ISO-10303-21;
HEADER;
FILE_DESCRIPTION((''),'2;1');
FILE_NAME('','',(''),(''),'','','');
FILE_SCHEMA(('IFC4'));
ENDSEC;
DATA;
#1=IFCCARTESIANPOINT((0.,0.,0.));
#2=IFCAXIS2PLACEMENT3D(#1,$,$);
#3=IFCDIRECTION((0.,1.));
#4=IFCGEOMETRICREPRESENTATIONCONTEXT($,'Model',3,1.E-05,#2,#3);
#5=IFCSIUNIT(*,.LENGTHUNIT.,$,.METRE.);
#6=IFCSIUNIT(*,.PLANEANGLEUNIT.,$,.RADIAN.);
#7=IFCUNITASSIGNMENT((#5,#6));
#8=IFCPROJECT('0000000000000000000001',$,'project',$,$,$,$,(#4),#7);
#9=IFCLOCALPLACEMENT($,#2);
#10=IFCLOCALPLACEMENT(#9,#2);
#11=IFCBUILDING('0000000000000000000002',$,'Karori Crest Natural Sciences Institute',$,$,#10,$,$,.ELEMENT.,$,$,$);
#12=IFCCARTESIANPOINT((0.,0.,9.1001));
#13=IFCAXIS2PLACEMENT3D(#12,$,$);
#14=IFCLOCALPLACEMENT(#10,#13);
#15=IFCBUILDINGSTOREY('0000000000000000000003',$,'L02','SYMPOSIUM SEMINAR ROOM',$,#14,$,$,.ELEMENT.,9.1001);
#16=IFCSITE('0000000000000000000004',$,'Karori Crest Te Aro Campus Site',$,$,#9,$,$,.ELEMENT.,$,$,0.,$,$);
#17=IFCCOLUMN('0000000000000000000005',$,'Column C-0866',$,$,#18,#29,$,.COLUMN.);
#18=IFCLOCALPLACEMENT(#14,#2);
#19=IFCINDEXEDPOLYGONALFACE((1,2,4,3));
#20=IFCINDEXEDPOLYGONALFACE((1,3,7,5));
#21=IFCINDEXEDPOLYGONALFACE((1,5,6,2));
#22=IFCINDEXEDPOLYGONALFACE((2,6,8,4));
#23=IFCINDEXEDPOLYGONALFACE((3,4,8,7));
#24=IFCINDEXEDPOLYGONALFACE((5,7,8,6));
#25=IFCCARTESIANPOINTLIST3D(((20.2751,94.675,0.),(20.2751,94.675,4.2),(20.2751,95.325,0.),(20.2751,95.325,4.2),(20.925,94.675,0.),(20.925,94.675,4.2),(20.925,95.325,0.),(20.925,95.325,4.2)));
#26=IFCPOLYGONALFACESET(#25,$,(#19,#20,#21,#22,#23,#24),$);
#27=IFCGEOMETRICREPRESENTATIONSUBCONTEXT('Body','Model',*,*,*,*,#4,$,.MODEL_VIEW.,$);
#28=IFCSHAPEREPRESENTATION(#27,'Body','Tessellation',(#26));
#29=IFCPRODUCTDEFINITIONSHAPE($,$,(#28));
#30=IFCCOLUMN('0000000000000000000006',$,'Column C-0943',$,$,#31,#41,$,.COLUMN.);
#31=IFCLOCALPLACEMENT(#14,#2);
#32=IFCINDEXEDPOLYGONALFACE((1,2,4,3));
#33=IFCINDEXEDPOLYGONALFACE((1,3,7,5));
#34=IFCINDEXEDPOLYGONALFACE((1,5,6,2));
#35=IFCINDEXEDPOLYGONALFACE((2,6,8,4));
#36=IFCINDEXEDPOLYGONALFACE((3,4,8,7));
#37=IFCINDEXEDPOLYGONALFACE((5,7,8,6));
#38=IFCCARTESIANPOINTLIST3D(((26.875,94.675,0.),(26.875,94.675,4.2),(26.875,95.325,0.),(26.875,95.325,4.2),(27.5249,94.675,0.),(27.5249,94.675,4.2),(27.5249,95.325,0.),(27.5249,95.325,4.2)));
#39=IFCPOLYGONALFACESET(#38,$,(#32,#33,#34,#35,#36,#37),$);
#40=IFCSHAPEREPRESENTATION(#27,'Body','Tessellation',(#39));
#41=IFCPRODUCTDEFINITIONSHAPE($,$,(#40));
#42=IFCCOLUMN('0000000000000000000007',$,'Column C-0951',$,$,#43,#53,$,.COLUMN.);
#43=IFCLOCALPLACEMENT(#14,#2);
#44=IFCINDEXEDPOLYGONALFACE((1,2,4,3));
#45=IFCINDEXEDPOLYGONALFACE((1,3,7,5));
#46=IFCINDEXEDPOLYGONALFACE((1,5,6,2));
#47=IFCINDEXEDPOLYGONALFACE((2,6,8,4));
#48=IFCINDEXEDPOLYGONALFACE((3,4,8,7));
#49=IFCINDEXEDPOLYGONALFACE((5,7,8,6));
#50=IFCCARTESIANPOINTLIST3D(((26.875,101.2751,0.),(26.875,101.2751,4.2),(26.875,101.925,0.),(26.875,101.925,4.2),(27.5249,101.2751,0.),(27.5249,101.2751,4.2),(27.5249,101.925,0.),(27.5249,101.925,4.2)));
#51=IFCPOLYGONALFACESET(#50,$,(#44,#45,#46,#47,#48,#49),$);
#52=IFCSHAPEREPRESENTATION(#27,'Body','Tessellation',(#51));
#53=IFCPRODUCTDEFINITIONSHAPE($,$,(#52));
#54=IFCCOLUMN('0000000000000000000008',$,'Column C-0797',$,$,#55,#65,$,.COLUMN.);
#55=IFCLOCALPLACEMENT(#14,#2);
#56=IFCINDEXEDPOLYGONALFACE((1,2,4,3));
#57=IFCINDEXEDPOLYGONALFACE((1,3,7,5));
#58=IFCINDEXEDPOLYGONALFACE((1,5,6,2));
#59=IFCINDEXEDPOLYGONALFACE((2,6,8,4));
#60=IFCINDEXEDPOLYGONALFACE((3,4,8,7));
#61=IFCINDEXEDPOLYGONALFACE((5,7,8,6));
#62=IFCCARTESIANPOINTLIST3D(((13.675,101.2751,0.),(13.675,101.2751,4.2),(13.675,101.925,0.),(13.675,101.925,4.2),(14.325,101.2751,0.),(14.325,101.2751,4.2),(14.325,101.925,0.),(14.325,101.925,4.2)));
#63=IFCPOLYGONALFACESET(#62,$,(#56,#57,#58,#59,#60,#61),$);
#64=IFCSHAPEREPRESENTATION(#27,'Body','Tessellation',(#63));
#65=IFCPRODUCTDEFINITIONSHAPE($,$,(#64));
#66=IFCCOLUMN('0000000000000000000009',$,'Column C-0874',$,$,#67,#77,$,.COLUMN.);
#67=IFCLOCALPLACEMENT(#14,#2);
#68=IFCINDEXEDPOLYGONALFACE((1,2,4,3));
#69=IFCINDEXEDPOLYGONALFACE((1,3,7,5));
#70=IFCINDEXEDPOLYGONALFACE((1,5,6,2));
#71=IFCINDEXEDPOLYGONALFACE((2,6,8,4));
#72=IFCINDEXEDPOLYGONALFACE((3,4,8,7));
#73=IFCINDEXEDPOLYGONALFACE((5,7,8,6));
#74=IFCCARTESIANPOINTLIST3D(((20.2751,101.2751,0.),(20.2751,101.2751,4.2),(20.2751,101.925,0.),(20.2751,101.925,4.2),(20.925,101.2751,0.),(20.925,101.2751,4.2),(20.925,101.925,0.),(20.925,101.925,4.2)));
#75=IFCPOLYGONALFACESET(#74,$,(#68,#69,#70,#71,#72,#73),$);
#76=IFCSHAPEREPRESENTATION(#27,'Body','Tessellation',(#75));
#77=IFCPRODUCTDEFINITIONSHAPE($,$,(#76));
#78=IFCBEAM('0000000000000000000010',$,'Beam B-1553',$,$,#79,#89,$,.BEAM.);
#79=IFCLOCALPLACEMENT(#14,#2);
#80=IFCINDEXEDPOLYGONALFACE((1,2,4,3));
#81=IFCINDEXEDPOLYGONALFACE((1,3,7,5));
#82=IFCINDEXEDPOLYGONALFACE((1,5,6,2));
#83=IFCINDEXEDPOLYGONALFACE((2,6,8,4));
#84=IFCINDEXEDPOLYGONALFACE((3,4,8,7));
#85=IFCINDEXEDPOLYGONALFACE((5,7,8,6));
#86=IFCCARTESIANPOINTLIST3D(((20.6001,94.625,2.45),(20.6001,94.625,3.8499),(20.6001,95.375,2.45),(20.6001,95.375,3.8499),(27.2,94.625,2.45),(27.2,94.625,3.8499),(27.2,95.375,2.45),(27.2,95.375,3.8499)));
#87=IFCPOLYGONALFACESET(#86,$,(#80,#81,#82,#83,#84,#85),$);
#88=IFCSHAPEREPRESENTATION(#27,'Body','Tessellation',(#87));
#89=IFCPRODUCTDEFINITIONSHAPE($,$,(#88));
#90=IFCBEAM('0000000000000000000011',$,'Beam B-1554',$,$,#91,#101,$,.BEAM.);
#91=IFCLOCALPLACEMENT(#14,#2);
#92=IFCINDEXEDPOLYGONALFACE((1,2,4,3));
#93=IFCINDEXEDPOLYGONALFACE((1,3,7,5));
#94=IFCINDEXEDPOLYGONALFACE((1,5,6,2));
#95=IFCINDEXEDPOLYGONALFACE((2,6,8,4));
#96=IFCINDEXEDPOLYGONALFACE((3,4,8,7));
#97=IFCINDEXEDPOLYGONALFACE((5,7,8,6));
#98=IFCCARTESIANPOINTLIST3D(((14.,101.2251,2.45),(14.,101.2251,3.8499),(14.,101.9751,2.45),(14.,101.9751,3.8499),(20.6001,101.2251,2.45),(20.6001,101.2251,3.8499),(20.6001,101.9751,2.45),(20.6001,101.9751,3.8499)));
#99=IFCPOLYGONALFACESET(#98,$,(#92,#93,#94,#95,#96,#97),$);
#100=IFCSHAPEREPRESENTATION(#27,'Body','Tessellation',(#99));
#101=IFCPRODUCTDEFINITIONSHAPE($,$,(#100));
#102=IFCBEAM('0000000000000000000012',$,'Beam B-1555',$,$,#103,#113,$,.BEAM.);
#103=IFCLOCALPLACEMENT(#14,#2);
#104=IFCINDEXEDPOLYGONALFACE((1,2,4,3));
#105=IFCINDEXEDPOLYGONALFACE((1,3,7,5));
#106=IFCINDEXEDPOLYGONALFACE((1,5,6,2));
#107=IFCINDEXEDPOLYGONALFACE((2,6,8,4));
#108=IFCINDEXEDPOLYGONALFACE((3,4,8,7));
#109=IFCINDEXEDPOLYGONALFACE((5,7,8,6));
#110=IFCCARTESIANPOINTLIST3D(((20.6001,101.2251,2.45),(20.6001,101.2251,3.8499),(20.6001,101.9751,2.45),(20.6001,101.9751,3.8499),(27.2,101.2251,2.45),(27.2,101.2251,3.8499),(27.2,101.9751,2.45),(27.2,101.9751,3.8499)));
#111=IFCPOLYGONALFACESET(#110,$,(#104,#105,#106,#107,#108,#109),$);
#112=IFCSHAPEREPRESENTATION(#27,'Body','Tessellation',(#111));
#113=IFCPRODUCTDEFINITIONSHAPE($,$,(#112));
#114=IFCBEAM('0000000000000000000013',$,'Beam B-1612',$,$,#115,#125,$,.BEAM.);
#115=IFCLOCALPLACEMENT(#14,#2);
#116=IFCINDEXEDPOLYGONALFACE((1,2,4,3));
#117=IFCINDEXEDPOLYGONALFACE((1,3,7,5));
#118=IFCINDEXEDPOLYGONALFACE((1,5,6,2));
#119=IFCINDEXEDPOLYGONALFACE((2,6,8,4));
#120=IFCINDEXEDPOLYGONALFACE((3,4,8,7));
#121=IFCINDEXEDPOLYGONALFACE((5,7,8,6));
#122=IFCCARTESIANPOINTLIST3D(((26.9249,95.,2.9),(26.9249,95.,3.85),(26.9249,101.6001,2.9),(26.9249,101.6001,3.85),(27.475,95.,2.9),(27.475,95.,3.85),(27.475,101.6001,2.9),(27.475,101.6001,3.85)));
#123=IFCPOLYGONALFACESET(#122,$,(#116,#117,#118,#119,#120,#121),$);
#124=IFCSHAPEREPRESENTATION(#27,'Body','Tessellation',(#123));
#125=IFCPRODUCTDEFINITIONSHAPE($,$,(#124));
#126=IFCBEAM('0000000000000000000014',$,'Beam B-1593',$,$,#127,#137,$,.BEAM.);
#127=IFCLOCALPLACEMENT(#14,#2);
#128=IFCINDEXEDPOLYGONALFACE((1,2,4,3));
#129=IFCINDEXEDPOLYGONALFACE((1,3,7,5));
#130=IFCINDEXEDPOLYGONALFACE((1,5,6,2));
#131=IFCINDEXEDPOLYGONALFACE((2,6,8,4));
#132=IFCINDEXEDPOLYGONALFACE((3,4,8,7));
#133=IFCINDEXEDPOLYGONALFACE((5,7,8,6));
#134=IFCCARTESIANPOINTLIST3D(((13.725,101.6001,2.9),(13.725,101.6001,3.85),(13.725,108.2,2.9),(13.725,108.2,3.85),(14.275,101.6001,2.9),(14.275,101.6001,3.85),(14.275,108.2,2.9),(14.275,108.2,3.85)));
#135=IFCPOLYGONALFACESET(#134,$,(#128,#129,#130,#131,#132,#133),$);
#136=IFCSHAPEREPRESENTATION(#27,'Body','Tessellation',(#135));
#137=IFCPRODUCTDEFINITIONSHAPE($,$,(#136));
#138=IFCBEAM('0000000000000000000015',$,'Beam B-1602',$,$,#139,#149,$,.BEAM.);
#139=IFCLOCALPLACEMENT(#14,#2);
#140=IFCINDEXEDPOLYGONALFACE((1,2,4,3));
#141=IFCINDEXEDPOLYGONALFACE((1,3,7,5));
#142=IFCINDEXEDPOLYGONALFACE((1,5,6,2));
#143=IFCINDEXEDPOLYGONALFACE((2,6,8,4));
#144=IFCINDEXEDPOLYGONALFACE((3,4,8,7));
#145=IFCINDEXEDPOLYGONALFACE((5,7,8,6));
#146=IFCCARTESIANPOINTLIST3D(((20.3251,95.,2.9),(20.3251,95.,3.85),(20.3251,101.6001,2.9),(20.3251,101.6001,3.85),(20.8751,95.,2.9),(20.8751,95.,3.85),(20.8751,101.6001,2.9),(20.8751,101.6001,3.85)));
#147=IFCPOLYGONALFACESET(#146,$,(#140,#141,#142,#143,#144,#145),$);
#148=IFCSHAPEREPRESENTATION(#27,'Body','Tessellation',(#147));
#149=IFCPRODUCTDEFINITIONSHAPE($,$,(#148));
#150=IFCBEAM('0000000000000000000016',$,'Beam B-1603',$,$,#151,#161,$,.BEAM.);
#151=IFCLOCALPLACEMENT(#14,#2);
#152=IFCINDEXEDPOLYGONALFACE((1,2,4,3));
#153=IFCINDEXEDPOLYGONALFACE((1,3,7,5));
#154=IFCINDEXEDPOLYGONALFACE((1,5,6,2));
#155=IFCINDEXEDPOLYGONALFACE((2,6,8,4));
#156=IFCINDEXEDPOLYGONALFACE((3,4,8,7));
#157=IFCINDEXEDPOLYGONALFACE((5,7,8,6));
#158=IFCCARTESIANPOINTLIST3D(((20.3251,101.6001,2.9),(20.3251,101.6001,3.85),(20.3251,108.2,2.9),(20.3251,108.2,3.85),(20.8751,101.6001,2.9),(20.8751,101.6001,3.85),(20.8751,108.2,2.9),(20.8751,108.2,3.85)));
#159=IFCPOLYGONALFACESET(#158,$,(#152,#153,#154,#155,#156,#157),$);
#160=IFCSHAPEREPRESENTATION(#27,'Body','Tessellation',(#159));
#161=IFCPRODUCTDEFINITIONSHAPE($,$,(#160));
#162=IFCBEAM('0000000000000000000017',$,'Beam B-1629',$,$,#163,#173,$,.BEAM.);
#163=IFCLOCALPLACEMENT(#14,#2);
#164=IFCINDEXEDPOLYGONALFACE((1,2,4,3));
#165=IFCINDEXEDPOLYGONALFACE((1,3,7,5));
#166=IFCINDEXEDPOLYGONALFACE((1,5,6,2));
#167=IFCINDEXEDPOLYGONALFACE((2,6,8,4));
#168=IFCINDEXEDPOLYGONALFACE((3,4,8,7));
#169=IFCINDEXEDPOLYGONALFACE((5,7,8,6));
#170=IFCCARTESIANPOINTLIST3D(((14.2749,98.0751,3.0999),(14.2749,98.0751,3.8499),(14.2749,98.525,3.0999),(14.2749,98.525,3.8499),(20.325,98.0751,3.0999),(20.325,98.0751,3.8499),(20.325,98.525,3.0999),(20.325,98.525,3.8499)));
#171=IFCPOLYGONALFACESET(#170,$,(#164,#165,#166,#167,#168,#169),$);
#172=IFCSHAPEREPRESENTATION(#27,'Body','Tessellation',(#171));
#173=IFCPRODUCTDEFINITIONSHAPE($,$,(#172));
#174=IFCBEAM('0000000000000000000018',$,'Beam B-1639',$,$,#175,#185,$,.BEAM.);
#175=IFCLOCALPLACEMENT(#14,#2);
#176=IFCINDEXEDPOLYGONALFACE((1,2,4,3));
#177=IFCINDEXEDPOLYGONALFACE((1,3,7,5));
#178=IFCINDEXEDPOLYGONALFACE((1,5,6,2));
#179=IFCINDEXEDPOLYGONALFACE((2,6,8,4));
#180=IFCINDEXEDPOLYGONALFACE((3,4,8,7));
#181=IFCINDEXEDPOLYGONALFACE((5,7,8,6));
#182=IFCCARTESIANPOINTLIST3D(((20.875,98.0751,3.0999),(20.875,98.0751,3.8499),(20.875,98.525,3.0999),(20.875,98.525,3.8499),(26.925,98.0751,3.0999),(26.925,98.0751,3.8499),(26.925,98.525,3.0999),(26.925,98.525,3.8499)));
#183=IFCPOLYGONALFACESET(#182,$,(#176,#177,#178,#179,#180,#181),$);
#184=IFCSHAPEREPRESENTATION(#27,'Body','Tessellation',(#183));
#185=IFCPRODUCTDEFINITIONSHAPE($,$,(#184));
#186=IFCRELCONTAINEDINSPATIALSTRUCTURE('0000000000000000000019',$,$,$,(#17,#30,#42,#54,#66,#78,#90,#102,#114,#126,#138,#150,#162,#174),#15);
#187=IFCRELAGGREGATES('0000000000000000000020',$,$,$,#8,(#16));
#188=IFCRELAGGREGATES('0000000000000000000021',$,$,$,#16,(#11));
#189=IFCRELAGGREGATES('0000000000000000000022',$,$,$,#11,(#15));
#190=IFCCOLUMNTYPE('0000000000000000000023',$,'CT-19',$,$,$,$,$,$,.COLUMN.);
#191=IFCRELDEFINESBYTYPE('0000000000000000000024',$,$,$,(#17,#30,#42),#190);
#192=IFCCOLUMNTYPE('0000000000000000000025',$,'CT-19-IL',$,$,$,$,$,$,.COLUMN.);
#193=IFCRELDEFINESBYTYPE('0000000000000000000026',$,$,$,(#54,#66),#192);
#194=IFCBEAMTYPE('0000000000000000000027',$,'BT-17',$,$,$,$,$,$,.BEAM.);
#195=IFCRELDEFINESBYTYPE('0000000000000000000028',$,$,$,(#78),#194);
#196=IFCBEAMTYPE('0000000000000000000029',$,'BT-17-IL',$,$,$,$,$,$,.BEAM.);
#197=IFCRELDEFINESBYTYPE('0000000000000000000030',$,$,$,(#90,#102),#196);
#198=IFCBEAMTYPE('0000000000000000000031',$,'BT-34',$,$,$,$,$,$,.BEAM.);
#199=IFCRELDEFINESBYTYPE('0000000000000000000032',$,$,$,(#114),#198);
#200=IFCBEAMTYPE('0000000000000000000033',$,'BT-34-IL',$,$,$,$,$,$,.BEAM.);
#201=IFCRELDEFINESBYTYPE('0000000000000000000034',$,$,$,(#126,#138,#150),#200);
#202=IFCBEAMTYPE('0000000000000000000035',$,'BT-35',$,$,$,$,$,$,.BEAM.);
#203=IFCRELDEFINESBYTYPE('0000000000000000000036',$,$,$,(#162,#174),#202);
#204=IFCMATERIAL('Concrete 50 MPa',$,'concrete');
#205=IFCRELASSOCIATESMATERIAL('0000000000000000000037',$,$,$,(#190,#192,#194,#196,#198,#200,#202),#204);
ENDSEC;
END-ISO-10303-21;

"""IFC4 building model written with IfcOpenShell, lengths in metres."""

from ifc_helpers import new_model, si_unit, direction, frame, origin, origin_2d, place, context, subcontext, project, spatial, rectangle, extrude, material, material_profile, profile_set, type_object, element, save


model = new_model("IFC4")

# Units and contexts
model_context = context("Model", 3, precision=1e-05, world=origin(), true_north=direction((0.0, 1.0)))
body_context = subcontext(model_context, "Body", "Model", "MODEL_VIEW")
ifc_project = project(units=[si_unit("LENGTHUNIT", "METRE"), si_unit("PLANEANGLEUNIT", "RADIAN")], contexts=[model_context])

# Site, building, storey
site_placement = place(None, origin())
site = spatial("IfcSite", under=ifc_project, at=site_placement, Name="Karori Crest Te Aro Campus Site", CompositionType="ELEMENT", RefElevation=0.0)
building_placement = place(site_placement, origin())
building = spatial("IfcBuilding", under=site, at=building_placement, Name="Karori Crest Natural Sciences Institute", CompositionType="ELEMENT")
storey_placement = place(building_placement, frame((0.0, 0.0, 9.1001)))
storey = spatial("IfcBuildingStorey", under=building, at=storey_placement, Name="L02", Description="SYMPOSIUM SEMINAR ROOM", CompositionType="ELEMENT", Elevation=9.1001)

# Columns
ifc_material_1 = material(Name="Concrete 50 MPa", Category="concrete")
ifc_material_profile_1 = material_profile(ifc_material_1, rectangle(XDim=0.6499, YDim=0.6499, at=origin_2d()), Name="RC650x650")
ifc_profile_set_1 = profile_set([ifc_material_profile_1], Name="Concrete 50 MPa")
column_type_1 = type_object("IfcColumnType", Name="CT-19", PredefinedType="COLUMN", material=ifc_profile_set_1)
for number, where, z_axis, x_axis, name in (
    (1, (20.6001, 95.0, 0.0), (0.0, 0.0, 1.0), (1.0, 0.0, 0.0), "Column C-0866"),
    (2, (27.2, 95.0, 0.0), (0.0, 0.0, 1.0), (1.0, 0.0, 0.0), "Column C-0943"),
    (3, (27.2, 101.6001, 0.0), (0.0, 0.0, 1.0), (1.0, 0.0, 0.0), "Column C-0951"),
):
    element("IfcColumn", number, at=place(storey_placement, frame(where, z_axis=z_axis, x_axis=x_axis)), inside=storey, type_object=column_type_1, Name=name, PredefinedType="COLUMN", context=body_context, shape_type="SweptSolid", body=[
        extrude(rectangle(XDim=0.6499, YDim=0.6499, at=origin_2d()), origin(), (0.0, 0.0, 1.0), 4.2),
    ])
ifc_material_profile_2 = material_profile(ifc_material_1, rectangle(XDim=0.6499, YDim=0.6499, at=origin_2d()), Name="RC650x650")
ifc_profile_set_2 = profile_set([ifc_material_profile_2], Name="Concrete 50 MPa")
column_type_2 = type_object("IfcColumnType", Name="CT-19-IL", PredefinedType="COLUMN", material=ifc_profile_set_2)
for number, where, z_axis, x_axis, name in (
    (4, (14.0, 101.6001, 0.0), (0.0, 0.0, 1.0), (1.0, 0.0, 0.0), "Column C-0797"),
    (5, (20.6001, 101.6001, 0.0), (0.0, 0.0, 1.0), (1.0, 0.0, 0.0), "Column C-0874"),
):
    element("IfcColumn", number, at=place(storey_placement, frame(where, z_axis=z_axis, x_axis=x_axis)), inside=storey, type_object=column_type_2, Name=name, PredefinedType="COLUMN", context=body_context, shape_type="SweptSolid", body=[
        extrude(rectangle(XDim=0.6499, YDim=0.6499, at=origin_2d()), origin(), (0.0, 0.0, 1.0), 4.2),
    ])

# Beams
ifc_material_profile_3 = material_profile(ifc_material_1, rectangle(XDim=0.75, YDim=1.3999, at=origin_2d()), Name="RCB750x1400")
ifc_profile_set_3 = profile_set([ifc_material_profile_3], Name="Concrete 50 MPa")
beam_type_1 = type_object("IfcBeamType", Name="BT-17", PredefinedType="BEAM", material=ifc_profile_set_3)
beam_1_placement = place(storey_placement, frame((20.6001, 95.0, 3.1499), z_axis=(1.0, 0.0, 0.0), x_axis=(0.0, 1.0, 0.0)))
element("IfcBeam", 6, at=beam_1_placement, inside=storey, type_object=beam_type_1, Name="Beam B-1553", PredefinedType="BEAM", context=body_context, shape_type="SweptSolid", body=[
    extrude(rectangle(XDim=0.75, YDim=1.3999, at=origin_2d()), origin(), (0.0, 0.0, 1.0), 6.5999),
])
ifc_material_profile_4 = material_profile(ifc_material_1, rectangle(XDim=0.75, YDim=1.3999, at=origin_2d()), Name="RCB750x1400")
ifc_profile_set_4 = profile_set([ifc_material_profile_4], Name="Concrete 50 MPa")
beam_type_2 = type_object("IfcBeamType", Name="BT-17-IL", PredefinedType="BEAM", material=ifc_profile_set_4)
beam_2_placement = place(storey_placement, frame((14.0, 101.6001, 3.1499), z_axis=(1.0, 0.0, 0.0), x_axis=(0.0, 1.0, 0.0)))
element("IfcBeam", 7, at=beam_2_placement, inside=storey, type_object=beam_type_2, Name="Beam B-1554", PredefinedType="BEAM", context=body_context, shape_type="SweptSolid", body=[
    extrude(rectangle(XDim=0.75, YDim=1.3999, at=origin_2d()), origin(), (0.0, 0.0, 1.0), 6.6001),
])
beam_3_placement = place(storey_placement, frame((20.6001, 101.6001, 3.1499), z_axis=(1.0, 0.0, 0.0), x_axis=(0.0, 1.0, 0.0)))
element("IfcBeam", 8, at=beam_3_placement, inside=storey, type_object=beam_type_2, Name="Beam B-1555", PredefinedType="BEAM", context=body_context, shape_type="SweptSolid", body=[
    extrude(rectangle(XDim=0.75, YDim=1.3999, at=origin_2d()), origin(), (0.0, 0.0, 1.0), 6.5999),
])
ifc_material_profile_5 = material_profile(ifc_material_1, rectangle(XDim=0.55, YDim=0.95, at=origin_2d()), Name="RCB550x950")
ifc_profile_set_5 = profile_set([ifc_material_profile_5], Name="Concrete 50 MPa")
beam_type_3 = type_object("IfcBeamType", Name="BT-34", PredefinedType="BEAM", material=ifc_profile_set_5)
beam_4_placement = place(storey_placement, frame((27.2, 95.0, 3.375), z_axis=(0.0, 1.0, 0.0), x_axis=(-1.0, 0.0, 0.0)))
element("IfcBeam", 9, at=beam_4_placement, inside=storey, type_object=beam_type_3, Name="Beam B-1612", PredefinedType="BEAM", context=body_context, shape_type="SweptSolid", body=[
    extrude(rectangle(XDim=0.55, YDim=0.95, at=origin_2d()), origin(), (0.0, 0.0, 1.0), 6.6001),
])
ifc_material_profile_6 = material_profile(ifc_material_1, rectangle(XDim=0.55, YDim=0.95, at=origin_2d()), Name="RCB550x950")
ifc_profile_set_6 = profile_set([ifc_material_profile_6], Name="Concrete 50 MPa")
beam_type_4 = type_object("IfcBeamType", Name="BT-34-IL", PredefinedType="BEAM", material=ifc_profile_set_6)
beam_5_placement = place(storey_placement, frame((14.0, 101.6001, 3.375), z_axis=(0.0, 1.0, 0.0), x_axis=(-1.0, 0.0, 0.0)))
element("IfcBeam", 10, at=beam_5_placement, inside=storey, type_object=beam_type_4, Name="Beam B-1593", PredefinedType="BEAM", context=body_context, shape_type="SweptSolid", body=[
    extrude(rectangle(XDim=0.55, YDim=0.95, at=origin_2d()), origin(), (0.0, 0.0, 1.0), 6.5999),
])
beam_6_placement = place(storey_placement, frame((20.6001, 95.0, 3.375), z_axis=(0.0, 1.0, 0.0), x_axis=(-1.0, 0.0, 0.0)))
element("IfcBeam", 11, at=beam_6_placement, inside=storey, type_object=beam_type_4, Name="Beam B-1602", PredefinedType="BEAM", context=body_context, shape_type="SweptSolid", body=[
    extrude(rectangle(XDim=0.55, YDim=0.95, at=origin_2d()), origin(), (0.0, 0.0, 1.0), 6.6001),
])
beam_7_placement = place(storey_placement, frame((20.6001, 101.6001, 3.375), z_axis=(0.0, 1.0, 0.0), x_axis=(-1.0, 0.0, 0.0)))
element("IfcBeam", 12, at=beam_7_placement, inside=storey, type_object=beam_type_4, Name="Beam B-1603", PredefinedType="BEAM", context=body_context, shape_type="SweptSolid", body=[
    extrude(rectangle(XDim=0.55, YDim=0.95, at=origin_2d()), origin(), (0.0, 0.0, 1.0), 6.5999),
])
ifc_material_profile_7 = material_profile(ifc_material_1, rectangle(XDim=0.45, YDim=0.75, at=origin_2d()), Name="RCB450x750")
ifc_profile_set_7 = profile_set([ifc_material_profile_7], Name="Concrete 50 MPa")
beam_type_5 = type_object("IfcBeamType", Name="BT-35", PredefinedType="BEAM", material=ifc_profile_set_7)
for number, where, z_axis, x_axis, name in (
    (13, (14.2749, 98.3, 3.4749), (1.0, 0.0, 0.0), (0.0, 1.0, 0.0), "Beam B-1629"),
    (14, (20.875, 98.3, 3.4749), (1.0, 0.0, 0.0), (0.0, 1.0, 0.0), "Beam B-1639"),
):
    element("IfcBeam", number, at=place(storey_placement, frame(where, z_axis=z_axis, x_axis=x_axis)), inside=storey, type_object=beam_type_5, Name=name, PredefinedType="BEAM", context=body_context, shape_type="SweptSolid", body=[
        extrude(rectangle(XDim=0.45, YDim=0.75, at=origin_2d()), origin(), (0.0, 0.0, 1.0), 6.05),
    ])

save(model, "model.ifc")
